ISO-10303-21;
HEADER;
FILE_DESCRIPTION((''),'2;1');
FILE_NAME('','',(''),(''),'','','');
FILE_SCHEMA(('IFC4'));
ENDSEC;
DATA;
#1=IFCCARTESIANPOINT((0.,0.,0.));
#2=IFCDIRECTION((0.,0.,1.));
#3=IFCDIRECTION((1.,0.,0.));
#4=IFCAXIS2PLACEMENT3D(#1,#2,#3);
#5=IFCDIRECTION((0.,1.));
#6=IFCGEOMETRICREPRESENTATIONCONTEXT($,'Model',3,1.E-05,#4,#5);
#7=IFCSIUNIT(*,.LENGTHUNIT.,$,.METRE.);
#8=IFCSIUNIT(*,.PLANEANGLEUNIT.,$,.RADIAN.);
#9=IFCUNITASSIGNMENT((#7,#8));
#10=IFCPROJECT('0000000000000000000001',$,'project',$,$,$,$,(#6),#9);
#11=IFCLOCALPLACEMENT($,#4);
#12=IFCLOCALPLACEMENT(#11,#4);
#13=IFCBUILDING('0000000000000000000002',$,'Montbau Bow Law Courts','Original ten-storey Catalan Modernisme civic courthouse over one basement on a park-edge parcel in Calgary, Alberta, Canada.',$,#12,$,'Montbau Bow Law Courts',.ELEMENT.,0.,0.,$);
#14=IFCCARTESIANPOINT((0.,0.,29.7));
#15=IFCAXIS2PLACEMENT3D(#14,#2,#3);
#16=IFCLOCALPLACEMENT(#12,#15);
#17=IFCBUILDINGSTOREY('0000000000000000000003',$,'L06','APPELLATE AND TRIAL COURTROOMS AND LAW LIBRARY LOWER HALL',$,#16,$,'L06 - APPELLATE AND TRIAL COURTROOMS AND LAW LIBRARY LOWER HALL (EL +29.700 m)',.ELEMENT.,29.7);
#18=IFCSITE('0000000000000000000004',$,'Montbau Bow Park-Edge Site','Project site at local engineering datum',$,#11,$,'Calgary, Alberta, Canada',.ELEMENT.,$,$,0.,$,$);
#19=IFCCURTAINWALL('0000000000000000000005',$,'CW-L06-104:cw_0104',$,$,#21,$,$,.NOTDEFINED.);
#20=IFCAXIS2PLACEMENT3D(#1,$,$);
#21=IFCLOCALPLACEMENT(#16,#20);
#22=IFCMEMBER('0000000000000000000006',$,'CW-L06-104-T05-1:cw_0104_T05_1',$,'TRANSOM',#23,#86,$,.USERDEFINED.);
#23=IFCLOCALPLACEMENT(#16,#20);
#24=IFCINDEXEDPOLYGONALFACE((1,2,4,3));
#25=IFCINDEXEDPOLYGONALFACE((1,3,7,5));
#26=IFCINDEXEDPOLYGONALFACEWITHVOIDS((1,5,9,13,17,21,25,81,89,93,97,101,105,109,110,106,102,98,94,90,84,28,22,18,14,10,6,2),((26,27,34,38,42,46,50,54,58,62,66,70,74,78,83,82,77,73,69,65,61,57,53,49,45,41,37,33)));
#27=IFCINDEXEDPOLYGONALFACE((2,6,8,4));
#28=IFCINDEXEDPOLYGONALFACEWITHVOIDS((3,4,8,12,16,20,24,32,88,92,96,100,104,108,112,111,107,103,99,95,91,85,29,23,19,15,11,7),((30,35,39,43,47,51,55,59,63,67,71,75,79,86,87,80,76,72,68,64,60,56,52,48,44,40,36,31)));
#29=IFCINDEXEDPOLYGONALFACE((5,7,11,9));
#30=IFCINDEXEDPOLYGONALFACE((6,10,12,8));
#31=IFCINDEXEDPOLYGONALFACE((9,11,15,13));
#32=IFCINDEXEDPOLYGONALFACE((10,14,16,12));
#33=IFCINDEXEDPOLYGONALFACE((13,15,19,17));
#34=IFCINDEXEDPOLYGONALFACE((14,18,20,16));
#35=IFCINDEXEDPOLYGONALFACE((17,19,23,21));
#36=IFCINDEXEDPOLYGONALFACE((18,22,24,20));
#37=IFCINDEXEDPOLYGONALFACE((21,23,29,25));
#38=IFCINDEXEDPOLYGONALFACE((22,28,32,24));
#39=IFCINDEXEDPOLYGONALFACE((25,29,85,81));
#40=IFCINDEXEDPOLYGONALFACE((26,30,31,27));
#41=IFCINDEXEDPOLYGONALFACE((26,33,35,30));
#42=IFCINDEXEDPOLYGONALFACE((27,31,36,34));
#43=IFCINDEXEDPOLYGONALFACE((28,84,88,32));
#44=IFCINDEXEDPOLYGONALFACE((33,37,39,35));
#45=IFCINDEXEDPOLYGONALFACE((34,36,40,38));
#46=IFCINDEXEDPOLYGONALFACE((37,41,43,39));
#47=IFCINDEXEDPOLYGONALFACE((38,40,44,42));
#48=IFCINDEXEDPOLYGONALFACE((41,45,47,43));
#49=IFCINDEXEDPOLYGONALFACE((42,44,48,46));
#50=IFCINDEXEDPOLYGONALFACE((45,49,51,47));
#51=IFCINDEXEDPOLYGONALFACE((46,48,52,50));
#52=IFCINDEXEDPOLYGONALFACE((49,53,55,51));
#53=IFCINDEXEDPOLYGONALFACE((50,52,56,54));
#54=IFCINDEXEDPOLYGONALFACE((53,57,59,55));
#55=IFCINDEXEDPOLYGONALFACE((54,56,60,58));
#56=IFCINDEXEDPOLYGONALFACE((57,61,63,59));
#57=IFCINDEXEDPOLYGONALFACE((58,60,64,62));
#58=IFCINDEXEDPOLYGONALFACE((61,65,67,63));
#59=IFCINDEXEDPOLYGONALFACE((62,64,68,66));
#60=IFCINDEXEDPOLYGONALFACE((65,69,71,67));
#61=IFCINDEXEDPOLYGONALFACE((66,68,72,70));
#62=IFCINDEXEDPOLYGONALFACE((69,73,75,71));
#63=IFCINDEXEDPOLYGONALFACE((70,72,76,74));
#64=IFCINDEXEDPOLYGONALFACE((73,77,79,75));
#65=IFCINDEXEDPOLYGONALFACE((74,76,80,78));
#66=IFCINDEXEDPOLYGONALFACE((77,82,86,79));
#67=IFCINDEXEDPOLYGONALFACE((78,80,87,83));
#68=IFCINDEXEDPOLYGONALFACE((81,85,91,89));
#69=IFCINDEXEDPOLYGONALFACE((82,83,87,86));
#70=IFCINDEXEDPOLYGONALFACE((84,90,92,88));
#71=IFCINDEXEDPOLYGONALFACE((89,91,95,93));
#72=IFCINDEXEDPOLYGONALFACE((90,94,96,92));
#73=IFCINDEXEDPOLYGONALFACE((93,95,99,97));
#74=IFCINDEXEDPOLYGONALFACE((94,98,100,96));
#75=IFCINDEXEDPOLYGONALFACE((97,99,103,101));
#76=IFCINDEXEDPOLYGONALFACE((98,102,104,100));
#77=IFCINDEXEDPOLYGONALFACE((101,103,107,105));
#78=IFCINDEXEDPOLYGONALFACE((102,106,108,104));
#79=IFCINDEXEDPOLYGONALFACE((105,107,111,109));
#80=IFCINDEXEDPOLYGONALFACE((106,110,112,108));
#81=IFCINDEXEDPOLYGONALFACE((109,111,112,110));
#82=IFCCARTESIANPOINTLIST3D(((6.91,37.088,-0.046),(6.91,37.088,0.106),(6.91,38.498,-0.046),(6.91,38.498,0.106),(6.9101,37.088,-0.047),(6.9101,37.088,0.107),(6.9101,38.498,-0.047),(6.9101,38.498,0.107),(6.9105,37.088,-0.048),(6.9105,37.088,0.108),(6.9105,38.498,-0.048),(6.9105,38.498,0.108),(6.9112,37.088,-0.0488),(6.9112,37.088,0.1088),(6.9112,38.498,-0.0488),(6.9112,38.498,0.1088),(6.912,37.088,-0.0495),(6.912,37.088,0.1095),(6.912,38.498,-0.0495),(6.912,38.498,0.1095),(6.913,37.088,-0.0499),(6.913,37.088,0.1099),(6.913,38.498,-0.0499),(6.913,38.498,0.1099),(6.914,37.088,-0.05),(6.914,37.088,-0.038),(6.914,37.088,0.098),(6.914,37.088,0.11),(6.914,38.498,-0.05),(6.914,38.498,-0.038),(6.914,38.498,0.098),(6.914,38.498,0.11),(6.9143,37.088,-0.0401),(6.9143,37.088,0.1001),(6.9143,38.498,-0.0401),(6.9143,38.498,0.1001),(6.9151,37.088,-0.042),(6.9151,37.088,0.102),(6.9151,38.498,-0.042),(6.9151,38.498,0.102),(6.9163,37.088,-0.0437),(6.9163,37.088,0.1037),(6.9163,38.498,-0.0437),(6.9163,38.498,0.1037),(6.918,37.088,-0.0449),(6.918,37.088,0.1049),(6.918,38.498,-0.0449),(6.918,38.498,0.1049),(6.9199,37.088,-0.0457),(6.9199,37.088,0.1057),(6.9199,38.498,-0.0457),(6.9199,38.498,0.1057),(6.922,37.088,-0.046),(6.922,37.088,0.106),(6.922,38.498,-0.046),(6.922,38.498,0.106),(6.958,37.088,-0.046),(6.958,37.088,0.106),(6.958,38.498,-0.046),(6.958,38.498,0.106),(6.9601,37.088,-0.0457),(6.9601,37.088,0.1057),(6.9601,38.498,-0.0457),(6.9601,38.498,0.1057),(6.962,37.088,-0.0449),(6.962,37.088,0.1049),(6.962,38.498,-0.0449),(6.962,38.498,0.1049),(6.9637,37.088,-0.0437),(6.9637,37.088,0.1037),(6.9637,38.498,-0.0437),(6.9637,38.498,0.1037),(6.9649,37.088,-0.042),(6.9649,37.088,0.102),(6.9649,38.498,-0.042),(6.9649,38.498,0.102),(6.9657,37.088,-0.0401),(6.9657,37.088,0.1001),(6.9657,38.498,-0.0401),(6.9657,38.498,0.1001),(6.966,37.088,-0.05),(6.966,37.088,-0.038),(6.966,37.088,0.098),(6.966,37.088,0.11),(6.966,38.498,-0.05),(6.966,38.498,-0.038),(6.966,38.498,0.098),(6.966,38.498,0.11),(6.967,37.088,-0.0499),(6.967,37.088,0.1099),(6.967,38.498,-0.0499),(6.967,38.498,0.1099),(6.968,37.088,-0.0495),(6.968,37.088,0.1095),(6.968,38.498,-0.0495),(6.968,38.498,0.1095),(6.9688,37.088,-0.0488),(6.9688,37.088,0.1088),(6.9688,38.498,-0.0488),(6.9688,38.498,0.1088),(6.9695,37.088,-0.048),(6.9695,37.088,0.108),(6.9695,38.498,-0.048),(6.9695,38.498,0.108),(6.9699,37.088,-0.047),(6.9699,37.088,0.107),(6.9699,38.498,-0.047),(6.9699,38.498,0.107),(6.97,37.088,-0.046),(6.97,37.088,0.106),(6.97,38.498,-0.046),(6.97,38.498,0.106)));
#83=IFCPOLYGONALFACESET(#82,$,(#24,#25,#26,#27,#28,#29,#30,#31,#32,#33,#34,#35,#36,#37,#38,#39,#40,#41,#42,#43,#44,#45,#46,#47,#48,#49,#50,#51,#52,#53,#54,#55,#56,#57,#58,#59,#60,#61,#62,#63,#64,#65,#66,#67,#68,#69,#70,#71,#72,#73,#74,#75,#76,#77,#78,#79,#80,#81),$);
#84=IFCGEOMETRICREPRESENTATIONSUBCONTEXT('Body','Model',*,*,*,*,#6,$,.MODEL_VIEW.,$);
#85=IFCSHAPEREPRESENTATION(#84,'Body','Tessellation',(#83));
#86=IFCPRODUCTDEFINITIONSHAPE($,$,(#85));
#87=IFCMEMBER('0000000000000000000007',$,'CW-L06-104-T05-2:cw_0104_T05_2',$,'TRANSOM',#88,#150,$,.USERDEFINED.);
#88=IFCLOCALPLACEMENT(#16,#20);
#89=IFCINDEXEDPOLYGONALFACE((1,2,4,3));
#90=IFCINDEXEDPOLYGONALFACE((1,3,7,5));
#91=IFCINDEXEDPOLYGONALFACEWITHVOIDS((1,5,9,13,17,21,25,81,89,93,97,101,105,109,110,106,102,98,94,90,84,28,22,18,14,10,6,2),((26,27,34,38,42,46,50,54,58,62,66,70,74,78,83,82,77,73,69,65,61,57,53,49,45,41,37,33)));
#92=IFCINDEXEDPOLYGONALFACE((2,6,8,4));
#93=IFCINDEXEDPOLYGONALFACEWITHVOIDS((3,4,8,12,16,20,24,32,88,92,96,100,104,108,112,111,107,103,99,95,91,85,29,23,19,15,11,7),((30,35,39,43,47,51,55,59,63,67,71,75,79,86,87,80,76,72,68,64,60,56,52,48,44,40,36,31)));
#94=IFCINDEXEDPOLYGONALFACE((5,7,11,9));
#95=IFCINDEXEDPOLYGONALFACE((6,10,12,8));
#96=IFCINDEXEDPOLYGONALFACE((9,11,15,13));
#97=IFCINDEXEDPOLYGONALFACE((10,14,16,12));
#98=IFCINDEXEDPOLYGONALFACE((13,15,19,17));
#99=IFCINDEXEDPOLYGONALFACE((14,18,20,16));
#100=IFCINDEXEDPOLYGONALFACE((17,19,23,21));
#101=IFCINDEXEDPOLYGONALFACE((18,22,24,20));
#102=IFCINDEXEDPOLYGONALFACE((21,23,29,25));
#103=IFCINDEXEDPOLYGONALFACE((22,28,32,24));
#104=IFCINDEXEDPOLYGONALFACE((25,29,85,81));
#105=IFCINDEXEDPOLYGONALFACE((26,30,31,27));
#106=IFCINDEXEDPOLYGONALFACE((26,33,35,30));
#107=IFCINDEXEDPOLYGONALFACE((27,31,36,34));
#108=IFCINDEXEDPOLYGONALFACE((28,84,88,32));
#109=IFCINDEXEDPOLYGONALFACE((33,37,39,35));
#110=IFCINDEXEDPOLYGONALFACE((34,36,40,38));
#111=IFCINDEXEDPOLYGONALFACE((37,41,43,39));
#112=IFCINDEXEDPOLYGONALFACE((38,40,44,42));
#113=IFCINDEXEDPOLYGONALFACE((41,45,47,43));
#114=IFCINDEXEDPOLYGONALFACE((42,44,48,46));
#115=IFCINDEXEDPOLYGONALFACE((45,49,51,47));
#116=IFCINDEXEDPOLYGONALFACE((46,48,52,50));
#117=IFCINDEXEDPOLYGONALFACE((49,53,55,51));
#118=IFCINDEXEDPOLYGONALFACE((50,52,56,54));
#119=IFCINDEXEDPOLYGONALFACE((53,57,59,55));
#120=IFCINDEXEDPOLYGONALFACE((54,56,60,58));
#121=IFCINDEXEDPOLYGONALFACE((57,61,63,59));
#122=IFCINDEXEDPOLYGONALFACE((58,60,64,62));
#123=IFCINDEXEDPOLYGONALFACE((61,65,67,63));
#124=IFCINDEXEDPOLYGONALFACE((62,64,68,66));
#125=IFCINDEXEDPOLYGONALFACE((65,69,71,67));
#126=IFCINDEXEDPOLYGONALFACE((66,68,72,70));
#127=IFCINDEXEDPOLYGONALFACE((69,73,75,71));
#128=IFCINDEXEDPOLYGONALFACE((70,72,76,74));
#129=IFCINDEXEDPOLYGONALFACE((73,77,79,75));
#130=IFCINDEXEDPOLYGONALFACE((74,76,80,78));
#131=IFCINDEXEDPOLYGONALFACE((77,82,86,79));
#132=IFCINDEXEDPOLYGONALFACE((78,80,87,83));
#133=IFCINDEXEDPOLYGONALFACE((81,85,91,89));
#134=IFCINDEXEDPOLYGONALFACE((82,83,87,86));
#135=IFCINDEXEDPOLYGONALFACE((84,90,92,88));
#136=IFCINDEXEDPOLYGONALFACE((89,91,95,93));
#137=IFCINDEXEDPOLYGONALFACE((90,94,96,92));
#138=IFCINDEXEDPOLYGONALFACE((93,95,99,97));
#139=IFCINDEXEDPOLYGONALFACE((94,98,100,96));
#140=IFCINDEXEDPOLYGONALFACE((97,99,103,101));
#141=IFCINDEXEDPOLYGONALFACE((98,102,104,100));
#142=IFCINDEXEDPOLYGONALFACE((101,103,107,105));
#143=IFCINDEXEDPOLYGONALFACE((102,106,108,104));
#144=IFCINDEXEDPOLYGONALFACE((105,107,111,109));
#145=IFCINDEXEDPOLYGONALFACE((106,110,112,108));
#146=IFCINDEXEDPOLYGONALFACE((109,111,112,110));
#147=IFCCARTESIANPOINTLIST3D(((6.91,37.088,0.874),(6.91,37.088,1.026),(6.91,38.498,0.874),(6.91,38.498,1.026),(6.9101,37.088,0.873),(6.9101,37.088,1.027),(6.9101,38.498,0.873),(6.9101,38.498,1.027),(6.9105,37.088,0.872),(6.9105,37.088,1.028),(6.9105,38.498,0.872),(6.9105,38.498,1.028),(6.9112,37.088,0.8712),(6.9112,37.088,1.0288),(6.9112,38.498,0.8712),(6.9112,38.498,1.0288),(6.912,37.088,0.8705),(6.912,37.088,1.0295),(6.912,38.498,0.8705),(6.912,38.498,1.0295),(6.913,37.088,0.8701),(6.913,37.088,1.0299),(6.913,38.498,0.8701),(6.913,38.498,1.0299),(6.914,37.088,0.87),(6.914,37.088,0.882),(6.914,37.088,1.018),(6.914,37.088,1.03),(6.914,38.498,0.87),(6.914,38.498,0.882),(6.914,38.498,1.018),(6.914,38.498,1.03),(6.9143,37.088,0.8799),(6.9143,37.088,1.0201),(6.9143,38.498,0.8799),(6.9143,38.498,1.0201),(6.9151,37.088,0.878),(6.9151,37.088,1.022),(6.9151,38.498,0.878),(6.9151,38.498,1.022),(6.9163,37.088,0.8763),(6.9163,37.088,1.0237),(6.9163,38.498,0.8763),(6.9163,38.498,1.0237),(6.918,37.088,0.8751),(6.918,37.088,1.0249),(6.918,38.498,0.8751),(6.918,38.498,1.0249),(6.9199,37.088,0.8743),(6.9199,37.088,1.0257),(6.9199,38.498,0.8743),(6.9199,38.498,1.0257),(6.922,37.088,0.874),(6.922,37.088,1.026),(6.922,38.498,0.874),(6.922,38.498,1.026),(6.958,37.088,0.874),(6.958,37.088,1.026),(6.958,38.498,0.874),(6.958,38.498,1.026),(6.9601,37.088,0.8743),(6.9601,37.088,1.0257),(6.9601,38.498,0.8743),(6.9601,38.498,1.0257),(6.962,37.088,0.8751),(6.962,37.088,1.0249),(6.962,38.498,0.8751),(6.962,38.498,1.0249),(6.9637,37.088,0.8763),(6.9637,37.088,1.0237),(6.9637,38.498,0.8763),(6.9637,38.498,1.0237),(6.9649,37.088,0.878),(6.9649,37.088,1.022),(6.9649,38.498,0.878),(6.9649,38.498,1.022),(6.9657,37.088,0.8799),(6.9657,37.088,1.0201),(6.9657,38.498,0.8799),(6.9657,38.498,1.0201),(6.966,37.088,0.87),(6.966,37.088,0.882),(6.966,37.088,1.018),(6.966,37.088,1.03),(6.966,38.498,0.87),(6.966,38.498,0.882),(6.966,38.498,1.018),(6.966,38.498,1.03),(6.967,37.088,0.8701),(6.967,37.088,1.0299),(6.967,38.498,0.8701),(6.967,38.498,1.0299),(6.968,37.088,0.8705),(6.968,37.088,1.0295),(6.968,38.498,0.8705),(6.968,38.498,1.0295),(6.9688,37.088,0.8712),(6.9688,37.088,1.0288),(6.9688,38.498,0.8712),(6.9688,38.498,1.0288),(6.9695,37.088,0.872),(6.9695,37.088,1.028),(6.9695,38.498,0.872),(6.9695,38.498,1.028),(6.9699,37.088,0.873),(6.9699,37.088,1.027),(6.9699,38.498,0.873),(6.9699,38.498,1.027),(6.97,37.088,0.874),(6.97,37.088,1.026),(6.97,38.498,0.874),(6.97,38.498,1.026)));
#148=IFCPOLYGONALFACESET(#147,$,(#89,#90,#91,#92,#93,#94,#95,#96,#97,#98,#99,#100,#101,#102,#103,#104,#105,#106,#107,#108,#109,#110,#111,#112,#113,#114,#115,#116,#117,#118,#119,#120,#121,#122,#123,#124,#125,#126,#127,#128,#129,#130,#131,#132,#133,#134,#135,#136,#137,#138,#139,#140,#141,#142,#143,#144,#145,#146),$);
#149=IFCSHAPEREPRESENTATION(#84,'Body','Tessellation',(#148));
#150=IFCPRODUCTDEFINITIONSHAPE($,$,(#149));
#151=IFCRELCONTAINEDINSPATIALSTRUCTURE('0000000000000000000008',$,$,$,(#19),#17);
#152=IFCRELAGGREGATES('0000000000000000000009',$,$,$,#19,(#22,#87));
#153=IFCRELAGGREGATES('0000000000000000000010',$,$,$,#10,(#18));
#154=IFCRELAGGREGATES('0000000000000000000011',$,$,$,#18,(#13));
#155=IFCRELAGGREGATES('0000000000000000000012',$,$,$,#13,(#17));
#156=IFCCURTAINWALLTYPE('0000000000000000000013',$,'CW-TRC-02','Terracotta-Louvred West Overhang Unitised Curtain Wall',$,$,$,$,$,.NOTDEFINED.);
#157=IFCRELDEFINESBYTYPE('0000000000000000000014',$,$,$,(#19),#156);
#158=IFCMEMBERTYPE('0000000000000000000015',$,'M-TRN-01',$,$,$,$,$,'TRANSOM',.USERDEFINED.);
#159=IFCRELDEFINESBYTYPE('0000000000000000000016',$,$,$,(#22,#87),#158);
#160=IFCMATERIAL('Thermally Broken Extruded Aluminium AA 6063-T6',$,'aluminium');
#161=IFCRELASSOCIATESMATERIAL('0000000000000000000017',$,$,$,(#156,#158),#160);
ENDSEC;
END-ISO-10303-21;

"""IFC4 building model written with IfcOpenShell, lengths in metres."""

from ifc_helpers import new_model, si_unit, direction, frame, origin_with_axes, origin_2d_with_axis, place, context, subcontext, project, spatial, hollow_rectangle, extrude, material, material_profile, profile_set, type_object, element, aggregate, save


model = new_model("IFC4")

# Units and contexts
model_context = context("Model", 3, precision=1e-05, world=origin_with_axes(), true_north=direction((0.0, 1.0)))
body_context = subcontext(model_context, "Body", "Model", "MODEL_VIEW")
ifc_project = project(units=[si_unit("LENGTHUNIT", "METRE"), si_unit("PLANEANGLEUNIT", "RADIAN")], contexts=[model_context])

# Site, building, storey
site_placement = place(None, origin_with_axes())
site = spatial("IfcSite", under=ifc_project, at=site_placement, Name="Montbau Bow Park-Edge Site", Description="Project site at local engineering datum", LongName="Calgary, Alberta, Canada", CompositionType="ELEMENT", RefElevation=0.0)
building_placement = place(site_placement, origin_with_axes())
building = spatial("IfcBuilding", under=site, at=building_placement, Name="Montbau Bow Law Courts", Description="Original ten-storey Catalan Modernisme civic courthouse over one basement on a park-edge parcel in Calgary, Alberta, Canada.", LongName="Montbau Bow Law Courts", CompositionType="ELEMENT", ElevationOfRefHeight=0.0, ElevationOfTerrain=0.0)
storey_placement = place(building_placement, frame((0.0, 0.0, 29.7), z_axis=(0.0, 0.0, 1.0), x_axis=(1.0, 0.0, 0.0)))
storey = spatial("IfcBuildingStorey", under=building, at=storey_placement, Name="L06", Description="APPELLATE AND TRIAL COURTROOMS AND LAW LIBRARY LOWER HALL", LongName="L06 - APPELLATE AND TRIAL COURTROOMS AND LAW LIBRARY LOWER HALL (EL +29.700 m)", CompositionType="ELEMENT", Elevation=29.7)

# Curtain wall, members
ifc_material_1 = material(Name="Thermally Broken Extruded Aluminium AA 6063-T6", Category="aluminium")
curtain_wall_type = type_object("IfcCurtainWallType", Name="CW-TRC-02", Description="Terracotta-Louvred West Overhang Unitised Curtain Wall", PredefinedType="NOTDEFINED", material=ifc_material_1)
curtain_wall_placement = place(None, frame((6.94, 31.04, 29.7), z_axis=(0.0, 0.0, 1.0), x_axis=(1.0, 0.0, 0.0)))
curtain_wall = element("IfcCurtainWall", 1, at=curtain_wall_placement, inside=storey, type_object=curtain_wall_type, Name="CW-L06-104:cw_0104", PredefinedType="NOTDEFINED")
ifc_material_profile_1 = material_profile(ifc_material_1, hollow_rectangle(XDim=0.06, YDim=0.16, WallThickness=0.004, InnerFilletRadius=0.008, OuterFilletRadius=0.004, at=origin_2d_with_axis()), Name="CWT-160X60", Category="Main", Priority=0)
ifc_profile_set_1 = profile_set([ifc_material_profile_1], Name="Thermally Broken Extruded Aluminium AA 6063-T6")
member_type_1 = type_object("IfcMemberType", Name="M-TRN-01", ElementType="TRANSOM", PredefinedType="USERDEFINED", material=ifc_profile_set_1)
member_1_placement = place(None, frame((6.94, 37.088, 29.73), z_axis=(0.0, 1.0, 0.0), x_axis=(-1.0, 0.0, 0.0)))
member_1 = element("IfcMember", 2, at=member_1_placement, type_object=member_type_1, Name="CW-L06-104-T05-1:cw_0104_T05_1", ObjectType="TRANSOM", PredefinedType="USERDEFINED", context=body_context, shape_type="SweptSolid", body=[
    extrude(hollow_rectangle(XDim=0.06, YDim=0.16, WallThickness=0.004, InnerFilletRadius=0.008, OuterFilletRadius=0.004, at=origin_2d_with_axis()), origin_with_axes(), (0.0, 0.0, 1.0), 1.41),
])
member_2_placement = place(None, frame((6.94, 37.088, 30.65), z_axis=(0.0, 1.0, 0.0), x_axis=(-1.0, 0.0, 0.0)))
member_2 = element("IfcMember", 3, at=member_2_placement, type_object=member_type_1, Name="CW-L06-104-T05-2:cw_0104_T05_2", ObjectType="TRANSOM", PredefinedType="USERDEFINED", context=body_context, shape_type="SweptSolid", body=[
    extrude(hollow_rectangle(XDim=0.06, YDim=0.16, WallThickness=0.004, InnerFilletRadius=0.008, OuterFilletRadius=0.004, at=origin_2d_with_axis()), origin_with_axes(), (0.0, 0.0, 1.0), 1.41),
])
aggregate(curtain_wall, [member_1, member_2])

save(model, "model.ifc")
